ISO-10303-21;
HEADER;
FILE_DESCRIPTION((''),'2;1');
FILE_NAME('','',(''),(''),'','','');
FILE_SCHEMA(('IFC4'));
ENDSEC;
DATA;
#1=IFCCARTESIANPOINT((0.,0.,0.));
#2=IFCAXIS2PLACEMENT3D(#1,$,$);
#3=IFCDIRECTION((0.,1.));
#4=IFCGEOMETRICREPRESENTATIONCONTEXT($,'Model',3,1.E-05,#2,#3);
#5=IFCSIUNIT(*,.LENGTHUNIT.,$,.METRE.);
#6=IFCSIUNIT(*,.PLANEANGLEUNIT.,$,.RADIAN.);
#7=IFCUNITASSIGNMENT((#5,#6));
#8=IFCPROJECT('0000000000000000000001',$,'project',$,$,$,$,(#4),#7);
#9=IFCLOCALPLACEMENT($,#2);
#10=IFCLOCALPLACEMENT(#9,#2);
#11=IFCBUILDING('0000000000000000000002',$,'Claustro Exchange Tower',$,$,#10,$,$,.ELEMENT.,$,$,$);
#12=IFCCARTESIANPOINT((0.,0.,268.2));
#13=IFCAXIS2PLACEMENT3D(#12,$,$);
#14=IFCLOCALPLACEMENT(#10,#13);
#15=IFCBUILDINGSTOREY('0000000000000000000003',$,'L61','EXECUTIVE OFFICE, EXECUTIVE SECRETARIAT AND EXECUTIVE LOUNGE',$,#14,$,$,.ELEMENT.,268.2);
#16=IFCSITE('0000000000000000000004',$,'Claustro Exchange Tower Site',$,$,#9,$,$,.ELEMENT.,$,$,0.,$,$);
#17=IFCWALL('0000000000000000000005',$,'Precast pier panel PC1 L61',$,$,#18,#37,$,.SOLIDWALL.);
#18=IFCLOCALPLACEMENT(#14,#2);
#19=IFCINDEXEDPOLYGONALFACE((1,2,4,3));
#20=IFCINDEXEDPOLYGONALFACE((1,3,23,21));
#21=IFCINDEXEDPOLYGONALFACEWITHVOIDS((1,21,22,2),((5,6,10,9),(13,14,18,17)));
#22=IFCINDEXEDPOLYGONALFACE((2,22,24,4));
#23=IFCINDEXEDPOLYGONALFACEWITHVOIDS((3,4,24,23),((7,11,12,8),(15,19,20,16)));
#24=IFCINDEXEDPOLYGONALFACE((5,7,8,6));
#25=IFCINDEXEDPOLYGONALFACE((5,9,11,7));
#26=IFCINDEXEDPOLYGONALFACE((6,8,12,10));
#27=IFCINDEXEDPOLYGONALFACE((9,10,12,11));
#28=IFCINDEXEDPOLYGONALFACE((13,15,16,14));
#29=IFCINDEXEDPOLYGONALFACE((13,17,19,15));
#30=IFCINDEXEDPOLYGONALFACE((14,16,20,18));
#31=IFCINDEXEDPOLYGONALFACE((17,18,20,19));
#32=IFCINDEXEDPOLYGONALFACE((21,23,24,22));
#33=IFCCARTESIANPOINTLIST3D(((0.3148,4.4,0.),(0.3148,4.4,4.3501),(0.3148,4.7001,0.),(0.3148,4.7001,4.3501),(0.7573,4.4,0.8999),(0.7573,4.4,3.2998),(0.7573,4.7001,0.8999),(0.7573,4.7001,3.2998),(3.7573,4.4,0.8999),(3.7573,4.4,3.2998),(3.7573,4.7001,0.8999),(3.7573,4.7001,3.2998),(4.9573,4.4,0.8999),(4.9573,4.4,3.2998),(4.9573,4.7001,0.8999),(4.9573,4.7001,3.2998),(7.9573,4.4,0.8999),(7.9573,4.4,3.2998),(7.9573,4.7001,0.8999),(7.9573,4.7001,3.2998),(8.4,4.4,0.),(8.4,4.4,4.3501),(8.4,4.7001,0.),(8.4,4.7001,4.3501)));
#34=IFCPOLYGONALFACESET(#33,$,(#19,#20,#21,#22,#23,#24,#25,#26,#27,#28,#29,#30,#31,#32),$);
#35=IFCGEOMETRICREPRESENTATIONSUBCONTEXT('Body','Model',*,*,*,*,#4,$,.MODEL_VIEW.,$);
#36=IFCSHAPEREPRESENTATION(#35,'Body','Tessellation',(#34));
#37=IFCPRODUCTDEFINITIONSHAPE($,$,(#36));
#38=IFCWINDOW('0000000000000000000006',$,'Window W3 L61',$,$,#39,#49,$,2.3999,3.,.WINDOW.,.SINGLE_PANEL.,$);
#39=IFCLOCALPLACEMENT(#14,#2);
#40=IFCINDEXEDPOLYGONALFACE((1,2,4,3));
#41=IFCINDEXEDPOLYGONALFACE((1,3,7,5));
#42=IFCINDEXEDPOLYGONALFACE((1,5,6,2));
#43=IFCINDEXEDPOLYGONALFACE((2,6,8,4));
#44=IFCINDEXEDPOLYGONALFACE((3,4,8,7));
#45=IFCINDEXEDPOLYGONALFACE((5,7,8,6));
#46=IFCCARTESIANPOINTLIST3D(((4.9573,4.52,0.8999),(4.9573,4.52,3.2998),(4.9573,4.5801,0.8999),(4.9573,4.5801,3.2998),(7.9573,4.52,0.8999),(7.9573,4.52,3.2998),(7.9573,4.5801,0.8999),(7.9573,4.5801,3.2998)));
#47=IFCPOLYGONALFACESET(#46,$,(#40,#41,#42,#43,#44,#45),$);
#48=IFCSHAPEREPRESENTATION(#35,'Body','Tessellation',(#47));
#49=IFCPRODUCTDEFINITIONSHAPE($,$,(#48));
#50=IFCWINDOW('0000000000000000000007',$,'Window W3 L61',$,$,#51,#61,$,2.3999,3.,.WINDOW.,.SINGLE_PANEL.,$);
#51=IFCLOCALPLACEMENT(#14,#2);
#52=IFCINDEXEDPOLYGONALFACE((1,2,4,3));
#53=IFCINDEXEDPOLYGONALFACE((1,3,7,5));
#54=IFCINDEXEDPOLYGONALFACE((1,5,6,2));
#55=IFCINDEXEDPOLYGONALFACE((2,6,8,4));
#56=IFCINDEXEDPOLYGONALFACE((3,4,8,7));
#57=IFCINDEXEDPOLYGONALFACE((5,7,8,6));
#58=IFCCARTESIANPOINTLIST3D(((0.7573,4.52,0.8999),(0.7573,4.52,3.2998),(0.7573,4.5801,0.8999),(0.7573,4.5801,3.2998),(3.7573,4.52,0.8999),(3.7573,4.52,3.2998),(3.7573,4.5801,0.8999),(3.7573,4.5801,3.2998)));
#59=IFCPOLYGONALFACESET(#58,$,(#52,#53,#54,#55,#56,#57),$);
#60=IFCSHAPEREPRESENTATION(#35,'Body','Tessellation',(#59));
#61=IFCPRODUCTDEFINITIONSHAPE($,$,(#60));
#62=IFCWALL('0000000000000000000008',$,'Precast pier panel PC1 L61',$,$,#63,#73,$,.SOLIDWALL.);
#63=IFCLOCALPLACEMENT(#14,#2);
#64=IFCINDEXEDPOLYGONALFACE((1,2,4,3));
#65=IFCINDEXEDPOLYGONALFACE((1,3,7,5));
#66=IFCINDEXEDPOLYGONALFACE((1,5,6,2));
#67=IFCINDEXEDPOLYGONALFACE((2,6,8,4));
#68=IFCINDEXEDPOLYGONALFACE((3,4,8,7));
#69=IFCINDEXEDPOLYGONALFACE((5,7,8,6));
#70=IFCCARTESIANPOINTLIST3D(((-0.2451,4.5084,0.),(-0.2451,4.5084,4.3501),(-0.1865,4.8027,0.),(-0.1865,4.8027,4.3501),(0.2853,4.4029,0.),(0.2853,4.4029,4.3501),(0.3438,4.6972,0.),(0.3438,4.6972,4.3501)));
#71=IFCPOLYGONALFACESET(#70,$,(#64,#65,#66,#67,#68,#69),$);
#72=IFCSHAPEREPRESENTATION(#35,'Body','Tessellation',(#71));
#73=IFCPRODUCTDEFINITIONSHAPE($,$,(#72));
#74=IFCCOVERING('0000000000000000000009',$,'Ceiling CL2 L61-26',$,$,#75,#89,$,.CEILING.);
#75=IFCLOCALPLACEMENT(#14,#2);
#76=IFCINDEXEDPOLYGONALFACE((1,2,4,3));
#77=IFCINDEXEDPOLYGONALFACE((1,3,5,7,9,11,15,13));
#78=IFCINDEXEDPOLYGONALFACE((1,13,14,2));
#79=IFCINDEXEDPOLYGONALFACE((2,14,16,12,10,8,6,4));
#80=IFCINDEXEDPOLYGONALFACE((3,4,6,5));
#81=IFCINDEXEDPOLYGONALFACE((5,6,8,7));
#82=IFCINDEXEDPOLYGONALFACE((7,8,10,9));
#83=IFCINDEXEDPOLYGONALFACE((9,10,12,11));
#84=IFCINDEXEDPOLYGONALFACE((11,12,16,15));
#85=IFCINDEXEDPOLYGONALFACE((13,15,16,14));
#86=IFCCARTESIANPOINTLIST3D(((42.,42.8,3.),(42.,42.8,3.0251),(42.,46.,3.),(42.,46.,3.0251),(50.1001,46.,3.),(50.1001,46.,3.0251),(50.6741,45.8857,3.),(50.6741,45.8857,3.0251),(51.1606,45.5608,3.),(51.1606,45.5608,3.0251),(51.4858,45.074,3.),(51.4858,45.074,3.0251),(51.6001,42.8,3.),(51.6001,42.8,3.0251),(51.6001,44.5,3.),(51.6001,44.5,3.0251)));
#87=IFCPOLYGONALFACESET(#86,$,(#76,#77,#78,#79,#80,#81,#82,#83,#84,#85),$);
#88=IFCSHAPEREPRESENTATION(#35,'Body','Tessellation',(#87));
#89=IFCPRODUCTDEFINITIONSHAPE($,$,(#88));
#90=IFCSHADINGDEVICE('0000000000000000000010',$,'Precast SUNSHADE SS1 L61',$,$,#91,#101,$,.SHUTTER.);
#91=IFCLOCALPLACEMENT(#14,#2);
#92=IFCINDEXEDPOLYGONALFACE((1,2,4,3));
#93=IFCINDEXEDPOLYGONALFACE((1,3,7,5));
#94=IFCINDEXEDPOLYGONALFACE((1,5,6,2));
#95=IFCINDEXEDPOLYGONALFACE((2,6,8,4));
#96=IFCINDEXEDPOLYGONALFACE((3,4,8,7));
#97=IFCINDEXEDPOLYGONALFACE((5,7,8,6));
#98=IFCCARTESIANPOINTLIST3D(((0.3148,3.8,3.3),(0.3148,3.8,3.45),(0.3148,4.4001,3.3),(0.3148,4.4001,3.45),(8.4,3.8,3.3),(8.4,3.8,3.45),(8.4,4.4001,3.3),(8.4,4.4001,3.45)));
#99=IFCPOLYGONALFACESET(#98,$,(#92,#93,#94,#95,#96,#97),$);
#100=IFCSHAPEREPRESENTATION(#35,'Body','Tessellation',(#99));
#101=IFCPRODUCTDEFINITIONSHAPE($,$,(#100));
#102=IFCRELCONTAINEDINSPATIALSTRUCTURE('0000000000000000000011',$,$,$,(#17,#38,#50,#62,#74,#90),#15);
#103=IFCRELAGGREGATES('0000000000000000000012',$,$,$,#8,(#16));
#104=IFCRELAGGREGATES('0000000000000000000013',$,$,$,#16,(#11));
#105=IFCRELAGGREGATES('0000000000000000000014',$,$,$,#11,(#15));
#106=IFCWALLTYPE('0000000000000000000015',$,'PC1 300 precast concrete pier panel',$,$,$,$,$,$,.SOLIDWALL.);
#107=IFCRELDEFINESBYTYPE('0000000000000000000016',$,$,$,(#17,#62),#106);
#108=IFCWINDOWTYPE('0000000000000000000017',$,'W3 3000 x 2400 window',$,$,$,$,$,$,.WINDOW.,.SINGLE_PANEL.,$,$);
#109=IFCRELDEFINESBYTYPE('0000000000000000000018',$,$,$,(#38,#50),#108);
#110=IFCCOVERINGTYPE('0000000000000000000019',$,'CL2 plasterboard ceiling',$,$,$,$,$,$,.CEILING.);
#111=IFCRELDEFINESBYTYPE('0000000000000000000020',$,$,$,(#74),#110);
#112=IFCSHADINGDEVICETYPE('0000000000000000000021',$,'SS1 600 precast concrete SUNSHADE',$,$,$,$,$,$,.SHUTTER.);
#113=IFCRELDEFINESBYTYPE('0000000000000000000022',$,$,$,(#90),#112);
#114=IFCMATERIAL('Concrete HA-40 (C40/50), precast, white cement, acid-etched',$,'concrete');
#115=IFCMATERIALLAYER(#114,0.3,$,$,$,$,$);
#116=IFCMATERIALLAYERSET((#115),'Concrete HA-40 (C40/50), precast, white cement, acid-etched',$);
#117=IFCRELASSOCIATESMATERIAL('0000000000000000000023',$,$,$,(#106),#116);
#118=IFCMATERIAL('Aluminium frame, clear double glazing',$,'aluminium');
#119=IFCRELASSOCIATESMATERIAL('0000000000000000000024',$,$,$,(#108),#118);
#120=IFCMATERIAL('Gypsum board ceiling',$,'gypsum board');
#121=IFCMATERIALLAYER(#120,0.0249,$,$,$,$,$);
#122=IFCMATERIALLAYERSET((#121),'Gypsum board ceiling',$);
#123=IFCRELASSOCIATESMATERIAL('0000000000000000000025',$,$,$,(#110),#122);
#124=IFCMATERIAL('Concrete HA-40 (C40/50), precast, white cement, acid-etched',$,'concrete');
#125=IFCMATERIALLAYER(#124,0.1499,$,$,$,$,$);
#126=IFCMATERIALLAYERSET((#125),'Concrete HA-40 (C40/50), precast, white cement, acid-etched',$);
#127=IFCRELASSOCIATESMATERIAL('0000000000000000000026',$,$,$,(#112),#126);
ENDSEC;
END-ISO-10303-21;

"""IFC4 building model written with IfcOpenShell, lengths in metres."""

from ifc_helpers import new_model, si_unit, direction, frame, frame_2d, origin, origin_2d, place, context, subcontext, project, spatial, polyline, rectangle, outline, extrude, material, layer, layer_set, type_object, element, fill, save


model = new_model("IFC4")

# Units and contexts
model_context = context("Model", 3, precision=1e-05, world=origin(), true_north=direction((0.0, 1.0)))
body_context = subcontext(model_context, "Body", "Model", "MODEL_VIEW")
ifc_project = project(units=[si_unit("LENGTHUNIT", "METRE"), si_unit("PLANEANGLEUNIT", "RADIAN")], contexts=[model_context])

# Site, building, storey
site_placement = place(None, origin())
site = spatial("IfcSite", under=ifc_project, at=site_placement, Name="Claustro Exchange Tower Site", CompositionType="ELEMENT", RefElevation=0.0)
building_placement = place(site_placement, origin())
building = spatial("IfcBuilding", under=site, at=building_placement, Name="Claustro Exchange Tower", CompositionType="ELEMENT")
storey_placement = place(building_placement, frame((0.0, 0.0, 268.2)))
storey = spatial("IfcBuildingStorey", under=building, at=storey_placement, Name="L61", Description="EXECUTIVE OFFICE, EXECUTIVE SECRETARIAT AND EXECUTIVE LOUNGE", CompositionType="ELEMENT", Elevation=268.2)

# Wall, openings, windows
ifc_material_1 = material(Name="Concrete HA-40 (C40/50), precast, white cement, acid-etched", Category="concrete")
ifc_layer_1 = layer(ifc_material_1, 0.3)
ifc_layer_set_1 = layer_set([ifc_layer_1], Name="Concrete HA-40 (C40/50), precast, white cement, acid-etched")
wall_type = type_object("IfcWallType", Name="PC1 300 precast concrete pier panel", PredefinedType="SOLIDWALL", material=ifc_layer_set_1)
wall_1_placement = place(storey_placement, frame((8.3999, 4.55, 0.0), z_axis=(0.0, 0.0, 1.0), x_axis=(-1.0, 0.0, 0.0)))
wall_1 = element("IfcWall", 1, at=wall_1_placement, inside=storey, type_object=wall_type, Name="Precast pier panel PC1 L61", PredefinedType="SOLIDWALL", context=body_context, shape_type="SweptSolid", body=[
    extrude(rectangle(XDim=8.0852, YDim=0.3, at=frame_2d((4.0425, 0.0))), origin(), (0.0, 0.0, 1.0), 4.3501),
])
opening_1_placement = place(wall_1_placement, frame((0.4426, 0.0, 0.8999)))
opening_1 = element("IfcOpeningElement", 2, at=opening_1_placement, cuts=wall_1, PredefinedType="OPENING", context=body_context, shape_type="SweptSolid", body=[
    extrude(rectangle(XDim=3.0, YDim=2.3999, at=frame_2d((1.5, 1.2))), frame((0.0, 0.1599, 0.0), z_axis=(0.0, -1.0, 0.0), x_axis=(1.0, 0.0, 0.0)), (0.0, 0.0, 1.0), 0.3201),
])
opening_2_placement = place(wall_1_placement, frame((4.6426, 0.0, 0.8999)))
opening_2 = element("IfcOpeningElement", 3, at=opening_2_placement, cuts=wall_1, PredefinedType="OPENING", context=body_context, shape_type="SweptSolid", body=[
    extrude(rectangle(XDim=3.0, YDim=2.3999, at=frame_2d((1.5, 1.2))), frame((0.0, 0.1599, 0.0), z_axis=(0.0, -1.0, 0.0), x_axis=(1.0, 0.0, 0.0)), (0.0, 0.0, 1.0), 0.3201),
])
ifc_material_2 = material(Name="Aluminium frame, clear double glazing", Category="aluminium")
window_type = type_object("IfcWindowType", Name="W3 3000 x 2400 window", PartitioningType="SINGLE_PANEL", PredefinedType="WINDOW", material=ifc_material_2)
window_1_placement = place(opening_1_placement, origin())
window_1 = element("IfcWindow", 4, at=window_1_placement, inside=storey, type_object=window_type, Name="Window W3 L61", OverallHeight=2.3999, OverallWidth=3.0, PartitioningType="SINGLE_PANEL", PredefinedType="WINDOW", context=body_context, shape_type="SweptSolid", body=[
    extrude(rectangle(XDim=3.0, YDim=2.3999, at=frame_2d((1.5, 1.2))), frame((0.0, 0.03, 0.0), z_axis=(0.0, -1.0, 0.0), x_axis=(1.0, 0.0, 0.0)), (0.0, 0.0, 1.0), 0.0601),
])
fill(opening_1, window_1)
window_2_placement = place(opening_2_placement, origin())
window_2 = element("IfcWindow", 5, at=window_2_placement, inside=storey, type_object=window_type, Name="Window W3 L61", OverallHeight=2.3999, OverallWidth=3.0, PartitioningType="SINGLE_PANEL", PredefinedType="WINDOW", context=body_context, shape_type="SweptSolid", body=[
    extrude(rectangle(XDim=3.0, YDim=2.3999, at=frame_2d((1.5, 1.2))), frame((0.0, 0.03, 0.0), z_axis=(0.0, -1.0, 0.0), x_axis=(1.0, 0.0, 0.0)), (0.0, 0.0, 1.0), 0.0601),
])
fill(opening_2, window_2)

# Wall
wall_2_placement = place(storey_placement, frame((0.3147, 4.55, 0.0), z_axis=(0.0, 0.0, 1.0), x_axis=(-0.980789, 0.195074, 0.0)))
element("IfcWall", 6, at=wall_2_placement, inside=storey, type_object=wall_type, Name="Precast pier panel PC1 L61", PredefinedType="SOLIDWALL", context=body_context, shape_type="SweptSolid", body=[
    extrude(rectangle(XDim=0.5408, YDim=0.3, at=frame_2d((0.2705, 0.0))), origin(), (0.0, 0.0, 1.0), 4.3501),
])

# Covering
ifc_material_3 = material(Name="Gypsum board ceiling", Category="gypsum board")
ifc_layer_2 = layer(ifc_material_3, 0.0249)
ifc_layer_set_2 = layer_set([ifc_layer_2], Name="Gypsum board ceiling")
covering_type = type_object("IfcCoveringType", Name="CL2 plasterboard ceiling", PredefinedType="CEILING", material=ifc_layer_set_2)
covering_placement = place(storey_placement, frame((0.0, 0.0, 3.0)))
element("IfcCovering", 7, at=covering_placement, inside=storey, type_object=covering_type, Name="Ceiling CL2 L61-26", PredefinedType="CEILING", context=body_context, shape_type="SweptSolid", body=[
    extrude(outline(polyline([(50.1001, 46.0), (42.0, 46.0), (42.0, 42.8), (51.6001, 42.8), (51.6001, 44.5), (51.4858, 45.074), (51.1606, 45.5608), (50.6741, 45.8857), (50.1001, 46.0)])), origin(), (0.0, 0.0, 1.0), 0.0251),
])

# Shading device
ifc_material_4 = material(Name="Concrete HA-40 (C40/50), precast, white cement, acid-etched", Category="concrete")
ifc_layer_3 = layer(ifc_material_4, 0.1499)
ifc_layer_set_3 = layer_set([ifc_layer_3], Name="Concrete HA-40 (C40/50), precast, white cement, acid-etched")
shading_device_type = type_object("IfcShadingDeviceType", Name="SS1 600 precast concrete SUNSHADE", PredefinedType="SHUTTER", material=ifc_layer_set_3)
shading_device_placement = place(storey_placement, frame((4.3574, 4.1001, 3.3), z_axis=(0.0, 0.0, 1.0), x_axis=(-1.0, 0.0, 0.0)))
element("IfcShadingDevice", 8, at=shading_device_placement, inside=storey, type_object=shading_device_type, Name="Precast SUNSHADE SS1 L61", PredefinedType="SHUTTER", context=body_context, shape_type="SweptSolid", body=[
    extrude(rectangle(XDim=8.0852, YDim=0.6001, at=origin_2d()), origin(), (0.0, 0.0, 1.0), 0.1499),
])

save(model, "model.ifc")
